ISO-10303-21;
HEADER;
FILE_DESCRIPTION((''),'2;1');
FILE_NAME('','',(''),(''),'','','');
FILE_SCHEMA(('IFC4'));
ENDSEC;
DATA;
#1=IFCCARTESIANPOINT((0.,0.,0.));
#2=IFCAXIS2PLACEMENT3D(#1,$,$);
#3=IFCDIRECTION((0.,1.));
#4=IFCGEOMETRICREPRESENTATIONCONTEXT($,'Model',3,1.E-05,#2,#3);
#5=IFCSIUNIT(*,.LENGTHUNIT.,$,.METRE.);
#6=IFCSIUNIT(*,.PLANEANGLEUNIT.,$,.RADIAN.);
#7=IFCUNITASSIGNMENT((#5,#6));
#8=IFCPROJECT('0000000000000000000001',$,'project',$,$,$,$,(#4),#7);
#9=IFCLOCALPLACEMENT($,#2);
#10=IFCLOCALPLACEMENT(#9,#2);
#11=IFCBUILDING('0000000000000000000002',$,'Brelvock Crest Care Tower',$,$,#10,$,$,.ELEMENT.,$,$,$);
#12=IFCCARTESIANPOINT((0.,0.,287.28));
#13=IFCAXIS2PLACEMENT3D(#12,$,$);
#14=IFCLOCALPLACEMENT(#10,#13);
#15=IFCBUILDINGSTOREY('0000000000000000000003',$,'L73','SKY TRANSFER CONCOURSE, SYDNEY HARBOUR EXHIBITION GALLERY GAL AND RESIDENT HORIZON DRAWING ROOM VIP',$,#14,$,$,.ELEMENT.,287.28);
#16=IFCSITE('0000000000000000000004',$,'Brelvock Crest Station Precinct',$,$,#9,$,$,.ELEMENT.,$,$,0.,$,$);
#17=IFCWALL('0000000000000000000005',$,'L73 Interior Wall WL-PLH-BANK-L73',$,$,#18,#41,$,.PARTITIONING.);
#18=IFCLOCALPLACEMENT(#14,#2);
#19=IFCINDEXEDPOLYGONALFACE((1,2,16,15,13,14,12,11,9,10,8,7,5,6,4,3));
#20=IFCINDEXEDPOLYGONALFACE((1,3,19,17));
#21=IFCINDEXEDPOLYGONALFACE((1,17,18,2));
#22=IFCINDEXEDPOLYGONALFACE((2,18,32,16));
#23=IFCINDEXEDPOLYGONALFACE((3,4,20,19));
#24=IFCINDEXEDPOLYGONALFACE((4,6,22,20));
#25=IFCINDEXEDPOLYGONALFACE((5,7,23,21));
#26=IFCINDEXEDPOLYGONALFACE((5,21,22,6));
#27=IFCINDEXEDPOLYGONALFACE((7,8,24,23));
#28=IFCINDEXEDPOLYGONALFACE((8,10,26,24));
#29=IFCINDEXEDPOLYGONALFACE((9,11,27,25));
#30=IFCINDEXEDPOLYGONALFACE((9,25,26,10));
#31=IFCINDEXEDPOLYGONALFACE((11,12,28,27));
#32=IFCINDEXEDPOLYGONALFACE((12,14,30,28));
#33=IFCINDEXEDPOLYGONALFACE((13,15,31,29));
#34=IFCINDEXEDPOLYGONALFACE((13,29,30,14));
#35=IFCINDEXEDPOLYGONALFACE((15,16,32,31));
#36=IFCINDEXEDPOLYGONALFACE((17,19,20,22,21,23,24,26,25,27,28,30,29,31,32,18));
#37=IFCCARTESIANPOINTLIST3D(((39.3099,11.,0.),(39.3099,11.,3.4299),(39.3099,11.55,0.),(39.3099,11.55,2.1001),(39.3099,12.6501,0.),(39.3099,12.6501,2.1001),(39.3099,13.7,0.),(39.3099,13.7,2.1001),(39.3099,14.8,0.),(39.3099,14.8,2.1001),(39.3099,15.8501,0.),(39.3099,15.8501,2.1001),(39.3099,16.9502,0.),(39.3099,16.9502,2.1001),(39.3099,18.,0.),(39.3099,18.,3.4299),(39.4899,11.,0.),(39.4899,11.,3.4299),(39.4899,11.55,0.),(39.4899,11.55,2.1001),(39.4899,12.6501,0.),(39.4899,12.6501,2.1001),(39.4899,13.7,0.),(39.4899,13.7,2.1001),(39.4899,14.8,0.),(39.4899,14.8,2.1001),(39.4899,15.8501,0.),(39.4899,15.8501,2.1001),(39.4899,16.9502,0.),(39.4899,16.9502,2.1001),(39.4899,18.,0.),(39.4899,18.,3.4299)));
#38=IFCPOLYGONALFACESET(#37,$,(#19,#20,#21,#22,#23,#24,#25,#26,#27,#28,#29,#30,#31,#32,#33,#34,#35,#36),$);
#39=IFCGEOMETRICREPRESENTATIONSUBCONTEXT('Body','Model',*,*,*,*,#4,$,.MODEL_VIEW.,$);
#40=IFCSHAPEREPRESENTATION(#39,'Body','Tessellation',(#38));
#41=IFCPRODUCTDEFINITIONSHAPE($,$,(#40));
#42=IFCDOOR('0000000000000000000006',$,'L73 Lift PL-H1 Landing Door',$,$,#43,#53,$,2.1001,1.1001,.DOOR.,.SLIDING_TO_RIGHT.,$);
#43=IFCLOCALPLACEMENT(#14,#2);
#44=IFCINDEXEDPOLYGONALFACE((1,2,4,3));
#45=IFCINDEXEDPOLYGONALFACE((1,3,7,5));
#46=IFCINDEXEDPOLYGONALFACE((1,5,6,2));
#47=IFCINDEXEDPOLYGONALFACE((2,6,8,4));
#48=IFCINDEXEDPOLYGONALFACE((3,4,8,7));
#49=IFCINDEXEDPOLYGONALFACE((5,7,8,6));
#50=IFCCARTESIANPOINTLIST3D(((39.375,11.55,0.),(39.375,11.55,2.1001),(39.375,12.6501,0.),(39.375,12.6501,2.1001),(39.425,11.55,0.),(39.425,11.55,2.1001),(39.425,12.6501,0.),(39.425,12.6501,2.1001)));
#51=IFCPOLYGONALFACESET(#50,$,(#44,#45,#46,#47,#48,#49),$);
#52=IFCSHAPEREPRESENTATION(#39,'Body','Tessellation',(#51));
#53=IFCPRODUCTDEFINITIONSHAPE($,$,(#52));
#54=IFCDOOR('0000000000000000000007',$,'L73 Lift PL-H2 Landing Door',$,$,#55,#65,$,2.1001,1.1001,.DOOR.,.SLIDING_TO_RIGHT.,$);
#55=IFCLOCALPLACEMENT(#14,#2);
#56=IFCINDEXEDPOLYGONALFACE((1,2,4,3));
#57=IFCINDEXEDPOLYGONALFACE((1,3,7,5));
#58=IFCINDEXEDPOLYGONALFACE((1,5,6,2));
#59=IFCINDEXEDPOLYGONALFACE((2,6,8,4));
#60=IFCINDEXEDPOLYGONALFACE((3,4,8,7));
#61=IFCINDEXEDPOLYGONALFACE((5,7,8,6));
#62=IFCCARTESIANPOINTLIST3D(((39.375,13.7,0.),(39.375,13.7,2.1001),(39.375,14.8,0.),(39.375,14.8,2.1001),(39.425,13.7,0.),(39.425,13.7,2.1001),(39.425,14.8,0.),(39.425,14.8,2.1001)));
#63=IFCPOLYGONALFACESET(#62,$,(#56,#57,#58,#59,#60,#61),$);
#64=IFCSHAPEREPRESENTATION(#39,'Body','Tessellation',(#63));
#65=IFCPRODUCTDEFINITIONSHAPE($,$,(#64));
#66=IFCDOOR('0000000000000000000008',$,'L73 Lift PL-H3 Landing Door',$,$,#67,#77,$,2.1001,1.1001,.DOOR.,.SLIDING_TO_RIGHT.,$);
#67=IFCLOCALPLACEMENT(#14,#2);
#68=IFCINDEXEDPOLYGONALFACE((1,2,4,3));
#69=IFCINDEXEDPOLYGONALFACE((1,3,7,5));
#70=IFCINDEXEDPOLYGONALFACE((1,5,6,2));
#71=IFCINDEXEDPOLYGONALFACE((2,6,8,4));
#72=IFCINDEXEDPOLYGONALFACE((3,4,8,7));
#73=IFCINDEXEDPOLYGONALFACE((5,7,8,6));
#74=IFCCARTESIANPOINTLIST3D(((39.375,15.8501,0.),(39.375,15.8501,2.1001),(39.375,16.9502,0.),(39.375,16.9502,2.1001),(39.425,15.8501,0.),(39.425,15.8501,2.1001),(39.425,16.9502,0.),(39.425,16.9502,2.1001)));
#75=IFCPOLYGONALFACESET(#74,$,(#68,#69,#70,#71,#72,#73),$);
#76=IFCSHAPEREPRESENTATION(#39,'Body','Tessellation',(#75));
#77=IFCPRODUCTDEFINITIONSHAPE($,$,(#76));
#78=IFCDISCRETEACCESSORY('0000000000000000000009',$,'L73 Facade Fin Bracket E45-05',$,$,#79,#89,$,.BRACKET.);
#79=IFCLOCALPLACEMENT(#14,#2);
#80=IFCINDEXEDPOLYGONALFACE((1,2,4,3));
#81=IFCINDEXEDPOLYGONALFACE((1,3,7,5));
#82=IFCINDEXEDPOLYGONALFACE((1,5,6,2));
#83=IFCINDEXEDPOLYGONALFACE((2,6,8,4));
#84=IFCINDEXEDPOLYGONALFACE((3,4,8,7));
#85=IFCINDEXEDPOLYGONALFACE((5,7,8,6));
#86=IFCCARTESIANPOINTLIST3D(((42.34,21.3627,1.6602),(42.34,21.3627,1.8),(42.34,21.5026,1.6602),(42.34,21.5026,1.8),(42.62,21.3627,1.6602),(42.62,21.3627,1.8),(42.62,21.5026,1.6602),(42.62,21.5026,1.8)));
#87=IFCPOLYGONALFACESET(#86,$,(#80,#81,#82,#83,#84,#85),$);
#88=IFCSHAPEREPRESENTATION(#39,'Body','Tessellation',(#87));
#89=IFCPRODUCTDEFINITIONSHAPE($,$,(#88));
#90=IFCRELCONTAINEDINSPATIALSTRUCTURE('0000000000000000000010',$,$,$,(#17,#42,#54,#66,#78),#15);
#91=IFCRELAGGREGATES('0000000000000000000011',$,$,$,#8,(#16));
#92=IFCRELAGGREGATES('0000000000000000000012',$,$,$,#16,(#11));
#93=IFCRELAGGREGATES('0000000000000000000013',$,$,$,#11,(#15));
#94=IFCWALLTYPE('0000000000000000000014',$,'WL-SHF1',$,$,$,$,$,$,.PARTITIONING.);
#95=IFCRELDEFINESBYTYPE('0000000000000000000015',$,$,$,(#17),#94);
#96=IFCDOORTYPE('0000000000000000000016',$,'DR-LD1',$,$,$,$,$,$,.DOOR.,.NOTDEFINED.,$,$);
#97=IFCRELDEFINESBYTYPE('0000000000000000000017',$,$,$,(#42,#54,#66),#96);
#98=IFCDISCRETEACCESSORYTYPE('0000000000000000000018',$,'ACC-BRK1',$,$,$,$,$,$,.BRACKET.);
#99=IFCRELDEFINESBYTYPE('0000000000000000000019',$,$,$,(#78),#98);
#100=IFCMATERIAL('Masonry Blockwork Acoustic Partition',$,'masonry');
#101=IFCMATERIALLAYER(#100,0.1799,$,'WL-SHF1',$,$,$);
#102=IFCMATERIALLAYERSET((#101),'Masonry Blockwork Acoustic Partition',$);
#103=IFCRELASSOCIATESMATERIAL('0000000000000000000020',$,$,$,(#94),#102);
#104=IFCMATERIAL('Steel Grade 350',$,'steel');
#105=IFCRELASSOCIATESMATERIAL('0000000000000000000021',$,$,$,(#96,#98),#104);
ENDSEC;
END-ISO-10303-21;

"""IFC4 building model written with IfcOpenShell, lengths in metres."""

from ifc_helpers import new_model, si_unit, direction, frame, frame_2d, origin, origin_2d, place, context, subcontext, project, spatial, rectangle, extrude, source, transform, mapped, material, layer, layer_set, type_object, element, fill, save


model = new_model("IFC4")

# Units and contexts
model_context = context("Model", 3, precision=1e-05, world=origin(), true_north=direction((0.0, 1.0)))
body_context = subcontext(model_context, "Body", "Model", "MODEL_VIEW")
ifc_project = project(units=[si_unit("LENGTHUNIT", "METRE"), si_unit("PLANEANGLEUNIT", "RADIAN")], contexts=[model_context])

# Site, building, storey
site_placement = place(None, origin())
site = spatial("IfcSite", under=ifc_project, at=site_placement, Name="Brelvock Crest Station Precinct", CompositionType="ELEMENT", RefElevation=0.0)
building_placement = place(site_placement, origin())
building = spatial("IfcBuilding", under=site, at=building_placement, Name="Brelvock Crest Care Tower", CompositionType="ELEMENT")
storey_placement = place(building_placement, frame((0.0, 0.0, 287.28)))
storey = spatial("IfcBuildingStorey", under=building, at=storey_placement, Name="L73", Description="SKY TRANSFER CONCOURSE, SYDNEY HARBOUR EXHIBITION GALLERY GAL AND RESIDENT HORIZON DRAWING ROOM VIP", CompositionType="ELEMENT", Elevation=287.28)

# Shared definitions
ifc_material_1 = material(Name="Steel Grade 350", Category="steel")

# Wall, openings, doors
ifc_material_2 = material(Name="Masonry Blockwork Acoustic Partition", Category="masonry")
ifc_layer_1 = layer(ifc_material_2, 0.1799, Name="WL-SHF1")
ifc_layer_set_1 = layer_set([ifc_layer_1], Name="Masonry Blockwork Acoustic Partition")
wall_type_1 = type_object("IfcWallType", Name="WL-SHF1", PredefinedType="PARTITIONING", material=ifc_layer_set_1)
door_type_1 = type_object("IfcDoorType", Name="DR-LD1", OperationType="NOTDEFINED", PredefinedType="DOOR", material=ifc_material_1)
shared_shape_1 = source(origin(), body_context, "Body", "SweptSolid", [
    extrude(rectangle(XDim=1.1001, YDim=2.1001, at=origin_2d()), frame((0.55, 0.0249, 1.05), z_axis=(0.0, -1.0, 0.0), x_axis=(1.0, 0.0, 0.0)), (0.0, 0.0, 1.0), 0.05),
])
wall_1_placement = place(storey_placement, frame((39.3999, 11.0, 0.0), z_axis=(0.0, 0.0, 1.0), x_axis=(0.0, 1.0, 0.0)))
wall_1 = element("IfcWall", 1, at=wall_1_placement, inside=storey, type_object=wall_type_1, Name="L73 Interior Wall WL-PLH-BANK-L73", PredefinedType="PARTITIONING", context=body_context, shape_type="SweptSolid", body=[
    extrude(rectangle(XDim=7.0, YDim=0.1799, at=frame_2d((3.5, 0.0))), origin(), (0.0, 0.0, 1.0), 3.4299),
])
opening_1_placement = place(wall_1_placement, frame((0.55, 0.0, 0.0)))
opening_1 = element("IfcOpeningElement", 2, at=opening_1_placement, cuts=wall_1, PredefinedType="OPENING", context=body_context, shape_type="SweptSolid", body=[
    extrude(rectangle(XDim=1.1001, YDim=2.1001, at=origin_2d()), frame((0.55, 0.1001, 1.05), z_axis=(0.0, -1.0, 0.0), x_axis=(1.0, 0.0, 0.0)), (0.0, 0.0, 1.0), 0.2),
])
opening_2_placement = place(wall_1_placement, frame((2.7, 0.0, 0.0)))
opening_2 = element("IfcOpeningElement", 3, at=opening_2_placement, cuts=wall_1, PredefinedType="OPENING", context=body_context, shape_type="SweptSolid", body=[
    extrude(rectangle(XDim=1.1001, YDim=2.1001, at=origin_2d()), frame((0.55, 0.1001, 1.05), z_axis=(0.0, -1.0, 0.0), x_axis=(1.0, 0.0, 0.0)), (0.0, 0.0, 1.0), 0.2),
])
opening_3_placement = place(wall_1_placement, frame((4.8501, 0.0, 0.0)))
opening_3 = element("IfcOpeningElement", 4, at=opening_3_placement, cuts=wall_1, PredefinedType="OPENING", context=body_context, shape_type="SweptSolid", body=[
    extrude(rectangle(XDim=1.1001, YDim=2.1001, at=origin_2d()), frame((0.55, 0.1001, 1.05), z_axis=(0.0, -1.0, 0.0), x_axis=(1.0, 0.0, 0.0)), (0.0, 0.0, 1.0), 0.2),
])
door_1_placement = place(opening_1_placement, origin())
door_1 = element("IfcDoor", 5, at=door_1_placement, inside=storey, type_object=door_type_1, Name="L73 Lift PL-H1 Landing Door", OperationType="SLIDING_TO_RIGHT", OverallHeight=2.1001, OverallWidth=1.1001, PredefinedType="DOOR", context=body_context, shape_type="MappedRepresentation", body=[
    mapped(shared_shape_1, transform((0.0, 0.0, 0.0), x_axis=(1.0, 0.0, 0.0), y_axis=(0.0, 1.0, 0.0), z_axis=(0.0, 0.0, 1.0), scale=1.0)),
])
fill(opening_1, door_1)
door_2_placement = place(opening_2_placement, origin())
door_2 = element("IfcDoor", 6, at=door_2_placement, inside=storey, type_object=door_type_1, Name="L73 Lift PL-H2 Landing Door", OperationType="SLIDING_TO_RIGHT", OverallHeight=2.1001, OverallWidth=1.1001, PredefinedType="DOOR", context=body_context, shape_type="MappedRepresentation", body=[
    mapped(shared_shape_1, transform((0.0, 0.0, 0.0), x_axis=(1.0, 0.0, 0.0), y_axis=(0.0, 1.0, 0.0), z_axis=(0.0, 0.0, 1.0), scale=1.0)),
])
fill(opening_2, door_2)
door_3_placement = place(opening_3_placement, origin())
door_3 = element("IfcDoor", 7, at=door_3_placement, inside=storey, type_object=door_type_1, Name="L73 Lift PL-H3 Landing Door", OperationType="SLIDING_TO_RIGHT", OverallHeight=2.1001, OverallWidth=1.1001, PredefinedType="DOOR", context=body_context, shape_type="MappedRepresentation", body=[
    mapped(shared_shape_1, transform((0.0, 0.0, 0.0), x_axis=(1.0, 0.0, 0.0), y_axis=(0.0, 1.0, 0.0), z_axis=(0.0, 0.0, 1.0), scale=1.0)),
])
fill(opening_3, door_3)

# Discrete accessory
discrete_accessory_type = type_object("IfcDiscreteAccessoryType", Name="ACC-BRK1", PredefinedType="BRACKET", material=ifc_material_1)
shared_shape_2 = source(origin(), body_context, "Body", "SweptSolid", [
    extrude(rectangle(XDim=0.28, YDim=0.1399, at=origin_2d()), origin(), (0.0, 0.0, 1.0), 0.1399),
])
discrete_accessory_placement = place(storey_placement, frame((42.48, 21.4326, 1.6602), z_axis=(0.0, 0.0, 1.0), x_axis=(1.0, 0.0, 0.0)))
element("IfcDiscreteAccessory", 8, at=discrete_accessory_placement, inside=storey, type_object=discrete_accessory_type, Name="L73 Facade Fin Bracket E45-05", PredefinedType="BRACKET", context=body_context, shape_type="MappedRepresentation", body=[
    mapped(shared_shape_2, transform((0.0, 0.0, 0.0), x_axis=(1.0, 0.0, 0.0), y_axis=(0.0, 1.0, 0.0), z_axis=(0.0, 0.0, 1.0), scale=1.0)),
])

save(model, "model.ifc")
